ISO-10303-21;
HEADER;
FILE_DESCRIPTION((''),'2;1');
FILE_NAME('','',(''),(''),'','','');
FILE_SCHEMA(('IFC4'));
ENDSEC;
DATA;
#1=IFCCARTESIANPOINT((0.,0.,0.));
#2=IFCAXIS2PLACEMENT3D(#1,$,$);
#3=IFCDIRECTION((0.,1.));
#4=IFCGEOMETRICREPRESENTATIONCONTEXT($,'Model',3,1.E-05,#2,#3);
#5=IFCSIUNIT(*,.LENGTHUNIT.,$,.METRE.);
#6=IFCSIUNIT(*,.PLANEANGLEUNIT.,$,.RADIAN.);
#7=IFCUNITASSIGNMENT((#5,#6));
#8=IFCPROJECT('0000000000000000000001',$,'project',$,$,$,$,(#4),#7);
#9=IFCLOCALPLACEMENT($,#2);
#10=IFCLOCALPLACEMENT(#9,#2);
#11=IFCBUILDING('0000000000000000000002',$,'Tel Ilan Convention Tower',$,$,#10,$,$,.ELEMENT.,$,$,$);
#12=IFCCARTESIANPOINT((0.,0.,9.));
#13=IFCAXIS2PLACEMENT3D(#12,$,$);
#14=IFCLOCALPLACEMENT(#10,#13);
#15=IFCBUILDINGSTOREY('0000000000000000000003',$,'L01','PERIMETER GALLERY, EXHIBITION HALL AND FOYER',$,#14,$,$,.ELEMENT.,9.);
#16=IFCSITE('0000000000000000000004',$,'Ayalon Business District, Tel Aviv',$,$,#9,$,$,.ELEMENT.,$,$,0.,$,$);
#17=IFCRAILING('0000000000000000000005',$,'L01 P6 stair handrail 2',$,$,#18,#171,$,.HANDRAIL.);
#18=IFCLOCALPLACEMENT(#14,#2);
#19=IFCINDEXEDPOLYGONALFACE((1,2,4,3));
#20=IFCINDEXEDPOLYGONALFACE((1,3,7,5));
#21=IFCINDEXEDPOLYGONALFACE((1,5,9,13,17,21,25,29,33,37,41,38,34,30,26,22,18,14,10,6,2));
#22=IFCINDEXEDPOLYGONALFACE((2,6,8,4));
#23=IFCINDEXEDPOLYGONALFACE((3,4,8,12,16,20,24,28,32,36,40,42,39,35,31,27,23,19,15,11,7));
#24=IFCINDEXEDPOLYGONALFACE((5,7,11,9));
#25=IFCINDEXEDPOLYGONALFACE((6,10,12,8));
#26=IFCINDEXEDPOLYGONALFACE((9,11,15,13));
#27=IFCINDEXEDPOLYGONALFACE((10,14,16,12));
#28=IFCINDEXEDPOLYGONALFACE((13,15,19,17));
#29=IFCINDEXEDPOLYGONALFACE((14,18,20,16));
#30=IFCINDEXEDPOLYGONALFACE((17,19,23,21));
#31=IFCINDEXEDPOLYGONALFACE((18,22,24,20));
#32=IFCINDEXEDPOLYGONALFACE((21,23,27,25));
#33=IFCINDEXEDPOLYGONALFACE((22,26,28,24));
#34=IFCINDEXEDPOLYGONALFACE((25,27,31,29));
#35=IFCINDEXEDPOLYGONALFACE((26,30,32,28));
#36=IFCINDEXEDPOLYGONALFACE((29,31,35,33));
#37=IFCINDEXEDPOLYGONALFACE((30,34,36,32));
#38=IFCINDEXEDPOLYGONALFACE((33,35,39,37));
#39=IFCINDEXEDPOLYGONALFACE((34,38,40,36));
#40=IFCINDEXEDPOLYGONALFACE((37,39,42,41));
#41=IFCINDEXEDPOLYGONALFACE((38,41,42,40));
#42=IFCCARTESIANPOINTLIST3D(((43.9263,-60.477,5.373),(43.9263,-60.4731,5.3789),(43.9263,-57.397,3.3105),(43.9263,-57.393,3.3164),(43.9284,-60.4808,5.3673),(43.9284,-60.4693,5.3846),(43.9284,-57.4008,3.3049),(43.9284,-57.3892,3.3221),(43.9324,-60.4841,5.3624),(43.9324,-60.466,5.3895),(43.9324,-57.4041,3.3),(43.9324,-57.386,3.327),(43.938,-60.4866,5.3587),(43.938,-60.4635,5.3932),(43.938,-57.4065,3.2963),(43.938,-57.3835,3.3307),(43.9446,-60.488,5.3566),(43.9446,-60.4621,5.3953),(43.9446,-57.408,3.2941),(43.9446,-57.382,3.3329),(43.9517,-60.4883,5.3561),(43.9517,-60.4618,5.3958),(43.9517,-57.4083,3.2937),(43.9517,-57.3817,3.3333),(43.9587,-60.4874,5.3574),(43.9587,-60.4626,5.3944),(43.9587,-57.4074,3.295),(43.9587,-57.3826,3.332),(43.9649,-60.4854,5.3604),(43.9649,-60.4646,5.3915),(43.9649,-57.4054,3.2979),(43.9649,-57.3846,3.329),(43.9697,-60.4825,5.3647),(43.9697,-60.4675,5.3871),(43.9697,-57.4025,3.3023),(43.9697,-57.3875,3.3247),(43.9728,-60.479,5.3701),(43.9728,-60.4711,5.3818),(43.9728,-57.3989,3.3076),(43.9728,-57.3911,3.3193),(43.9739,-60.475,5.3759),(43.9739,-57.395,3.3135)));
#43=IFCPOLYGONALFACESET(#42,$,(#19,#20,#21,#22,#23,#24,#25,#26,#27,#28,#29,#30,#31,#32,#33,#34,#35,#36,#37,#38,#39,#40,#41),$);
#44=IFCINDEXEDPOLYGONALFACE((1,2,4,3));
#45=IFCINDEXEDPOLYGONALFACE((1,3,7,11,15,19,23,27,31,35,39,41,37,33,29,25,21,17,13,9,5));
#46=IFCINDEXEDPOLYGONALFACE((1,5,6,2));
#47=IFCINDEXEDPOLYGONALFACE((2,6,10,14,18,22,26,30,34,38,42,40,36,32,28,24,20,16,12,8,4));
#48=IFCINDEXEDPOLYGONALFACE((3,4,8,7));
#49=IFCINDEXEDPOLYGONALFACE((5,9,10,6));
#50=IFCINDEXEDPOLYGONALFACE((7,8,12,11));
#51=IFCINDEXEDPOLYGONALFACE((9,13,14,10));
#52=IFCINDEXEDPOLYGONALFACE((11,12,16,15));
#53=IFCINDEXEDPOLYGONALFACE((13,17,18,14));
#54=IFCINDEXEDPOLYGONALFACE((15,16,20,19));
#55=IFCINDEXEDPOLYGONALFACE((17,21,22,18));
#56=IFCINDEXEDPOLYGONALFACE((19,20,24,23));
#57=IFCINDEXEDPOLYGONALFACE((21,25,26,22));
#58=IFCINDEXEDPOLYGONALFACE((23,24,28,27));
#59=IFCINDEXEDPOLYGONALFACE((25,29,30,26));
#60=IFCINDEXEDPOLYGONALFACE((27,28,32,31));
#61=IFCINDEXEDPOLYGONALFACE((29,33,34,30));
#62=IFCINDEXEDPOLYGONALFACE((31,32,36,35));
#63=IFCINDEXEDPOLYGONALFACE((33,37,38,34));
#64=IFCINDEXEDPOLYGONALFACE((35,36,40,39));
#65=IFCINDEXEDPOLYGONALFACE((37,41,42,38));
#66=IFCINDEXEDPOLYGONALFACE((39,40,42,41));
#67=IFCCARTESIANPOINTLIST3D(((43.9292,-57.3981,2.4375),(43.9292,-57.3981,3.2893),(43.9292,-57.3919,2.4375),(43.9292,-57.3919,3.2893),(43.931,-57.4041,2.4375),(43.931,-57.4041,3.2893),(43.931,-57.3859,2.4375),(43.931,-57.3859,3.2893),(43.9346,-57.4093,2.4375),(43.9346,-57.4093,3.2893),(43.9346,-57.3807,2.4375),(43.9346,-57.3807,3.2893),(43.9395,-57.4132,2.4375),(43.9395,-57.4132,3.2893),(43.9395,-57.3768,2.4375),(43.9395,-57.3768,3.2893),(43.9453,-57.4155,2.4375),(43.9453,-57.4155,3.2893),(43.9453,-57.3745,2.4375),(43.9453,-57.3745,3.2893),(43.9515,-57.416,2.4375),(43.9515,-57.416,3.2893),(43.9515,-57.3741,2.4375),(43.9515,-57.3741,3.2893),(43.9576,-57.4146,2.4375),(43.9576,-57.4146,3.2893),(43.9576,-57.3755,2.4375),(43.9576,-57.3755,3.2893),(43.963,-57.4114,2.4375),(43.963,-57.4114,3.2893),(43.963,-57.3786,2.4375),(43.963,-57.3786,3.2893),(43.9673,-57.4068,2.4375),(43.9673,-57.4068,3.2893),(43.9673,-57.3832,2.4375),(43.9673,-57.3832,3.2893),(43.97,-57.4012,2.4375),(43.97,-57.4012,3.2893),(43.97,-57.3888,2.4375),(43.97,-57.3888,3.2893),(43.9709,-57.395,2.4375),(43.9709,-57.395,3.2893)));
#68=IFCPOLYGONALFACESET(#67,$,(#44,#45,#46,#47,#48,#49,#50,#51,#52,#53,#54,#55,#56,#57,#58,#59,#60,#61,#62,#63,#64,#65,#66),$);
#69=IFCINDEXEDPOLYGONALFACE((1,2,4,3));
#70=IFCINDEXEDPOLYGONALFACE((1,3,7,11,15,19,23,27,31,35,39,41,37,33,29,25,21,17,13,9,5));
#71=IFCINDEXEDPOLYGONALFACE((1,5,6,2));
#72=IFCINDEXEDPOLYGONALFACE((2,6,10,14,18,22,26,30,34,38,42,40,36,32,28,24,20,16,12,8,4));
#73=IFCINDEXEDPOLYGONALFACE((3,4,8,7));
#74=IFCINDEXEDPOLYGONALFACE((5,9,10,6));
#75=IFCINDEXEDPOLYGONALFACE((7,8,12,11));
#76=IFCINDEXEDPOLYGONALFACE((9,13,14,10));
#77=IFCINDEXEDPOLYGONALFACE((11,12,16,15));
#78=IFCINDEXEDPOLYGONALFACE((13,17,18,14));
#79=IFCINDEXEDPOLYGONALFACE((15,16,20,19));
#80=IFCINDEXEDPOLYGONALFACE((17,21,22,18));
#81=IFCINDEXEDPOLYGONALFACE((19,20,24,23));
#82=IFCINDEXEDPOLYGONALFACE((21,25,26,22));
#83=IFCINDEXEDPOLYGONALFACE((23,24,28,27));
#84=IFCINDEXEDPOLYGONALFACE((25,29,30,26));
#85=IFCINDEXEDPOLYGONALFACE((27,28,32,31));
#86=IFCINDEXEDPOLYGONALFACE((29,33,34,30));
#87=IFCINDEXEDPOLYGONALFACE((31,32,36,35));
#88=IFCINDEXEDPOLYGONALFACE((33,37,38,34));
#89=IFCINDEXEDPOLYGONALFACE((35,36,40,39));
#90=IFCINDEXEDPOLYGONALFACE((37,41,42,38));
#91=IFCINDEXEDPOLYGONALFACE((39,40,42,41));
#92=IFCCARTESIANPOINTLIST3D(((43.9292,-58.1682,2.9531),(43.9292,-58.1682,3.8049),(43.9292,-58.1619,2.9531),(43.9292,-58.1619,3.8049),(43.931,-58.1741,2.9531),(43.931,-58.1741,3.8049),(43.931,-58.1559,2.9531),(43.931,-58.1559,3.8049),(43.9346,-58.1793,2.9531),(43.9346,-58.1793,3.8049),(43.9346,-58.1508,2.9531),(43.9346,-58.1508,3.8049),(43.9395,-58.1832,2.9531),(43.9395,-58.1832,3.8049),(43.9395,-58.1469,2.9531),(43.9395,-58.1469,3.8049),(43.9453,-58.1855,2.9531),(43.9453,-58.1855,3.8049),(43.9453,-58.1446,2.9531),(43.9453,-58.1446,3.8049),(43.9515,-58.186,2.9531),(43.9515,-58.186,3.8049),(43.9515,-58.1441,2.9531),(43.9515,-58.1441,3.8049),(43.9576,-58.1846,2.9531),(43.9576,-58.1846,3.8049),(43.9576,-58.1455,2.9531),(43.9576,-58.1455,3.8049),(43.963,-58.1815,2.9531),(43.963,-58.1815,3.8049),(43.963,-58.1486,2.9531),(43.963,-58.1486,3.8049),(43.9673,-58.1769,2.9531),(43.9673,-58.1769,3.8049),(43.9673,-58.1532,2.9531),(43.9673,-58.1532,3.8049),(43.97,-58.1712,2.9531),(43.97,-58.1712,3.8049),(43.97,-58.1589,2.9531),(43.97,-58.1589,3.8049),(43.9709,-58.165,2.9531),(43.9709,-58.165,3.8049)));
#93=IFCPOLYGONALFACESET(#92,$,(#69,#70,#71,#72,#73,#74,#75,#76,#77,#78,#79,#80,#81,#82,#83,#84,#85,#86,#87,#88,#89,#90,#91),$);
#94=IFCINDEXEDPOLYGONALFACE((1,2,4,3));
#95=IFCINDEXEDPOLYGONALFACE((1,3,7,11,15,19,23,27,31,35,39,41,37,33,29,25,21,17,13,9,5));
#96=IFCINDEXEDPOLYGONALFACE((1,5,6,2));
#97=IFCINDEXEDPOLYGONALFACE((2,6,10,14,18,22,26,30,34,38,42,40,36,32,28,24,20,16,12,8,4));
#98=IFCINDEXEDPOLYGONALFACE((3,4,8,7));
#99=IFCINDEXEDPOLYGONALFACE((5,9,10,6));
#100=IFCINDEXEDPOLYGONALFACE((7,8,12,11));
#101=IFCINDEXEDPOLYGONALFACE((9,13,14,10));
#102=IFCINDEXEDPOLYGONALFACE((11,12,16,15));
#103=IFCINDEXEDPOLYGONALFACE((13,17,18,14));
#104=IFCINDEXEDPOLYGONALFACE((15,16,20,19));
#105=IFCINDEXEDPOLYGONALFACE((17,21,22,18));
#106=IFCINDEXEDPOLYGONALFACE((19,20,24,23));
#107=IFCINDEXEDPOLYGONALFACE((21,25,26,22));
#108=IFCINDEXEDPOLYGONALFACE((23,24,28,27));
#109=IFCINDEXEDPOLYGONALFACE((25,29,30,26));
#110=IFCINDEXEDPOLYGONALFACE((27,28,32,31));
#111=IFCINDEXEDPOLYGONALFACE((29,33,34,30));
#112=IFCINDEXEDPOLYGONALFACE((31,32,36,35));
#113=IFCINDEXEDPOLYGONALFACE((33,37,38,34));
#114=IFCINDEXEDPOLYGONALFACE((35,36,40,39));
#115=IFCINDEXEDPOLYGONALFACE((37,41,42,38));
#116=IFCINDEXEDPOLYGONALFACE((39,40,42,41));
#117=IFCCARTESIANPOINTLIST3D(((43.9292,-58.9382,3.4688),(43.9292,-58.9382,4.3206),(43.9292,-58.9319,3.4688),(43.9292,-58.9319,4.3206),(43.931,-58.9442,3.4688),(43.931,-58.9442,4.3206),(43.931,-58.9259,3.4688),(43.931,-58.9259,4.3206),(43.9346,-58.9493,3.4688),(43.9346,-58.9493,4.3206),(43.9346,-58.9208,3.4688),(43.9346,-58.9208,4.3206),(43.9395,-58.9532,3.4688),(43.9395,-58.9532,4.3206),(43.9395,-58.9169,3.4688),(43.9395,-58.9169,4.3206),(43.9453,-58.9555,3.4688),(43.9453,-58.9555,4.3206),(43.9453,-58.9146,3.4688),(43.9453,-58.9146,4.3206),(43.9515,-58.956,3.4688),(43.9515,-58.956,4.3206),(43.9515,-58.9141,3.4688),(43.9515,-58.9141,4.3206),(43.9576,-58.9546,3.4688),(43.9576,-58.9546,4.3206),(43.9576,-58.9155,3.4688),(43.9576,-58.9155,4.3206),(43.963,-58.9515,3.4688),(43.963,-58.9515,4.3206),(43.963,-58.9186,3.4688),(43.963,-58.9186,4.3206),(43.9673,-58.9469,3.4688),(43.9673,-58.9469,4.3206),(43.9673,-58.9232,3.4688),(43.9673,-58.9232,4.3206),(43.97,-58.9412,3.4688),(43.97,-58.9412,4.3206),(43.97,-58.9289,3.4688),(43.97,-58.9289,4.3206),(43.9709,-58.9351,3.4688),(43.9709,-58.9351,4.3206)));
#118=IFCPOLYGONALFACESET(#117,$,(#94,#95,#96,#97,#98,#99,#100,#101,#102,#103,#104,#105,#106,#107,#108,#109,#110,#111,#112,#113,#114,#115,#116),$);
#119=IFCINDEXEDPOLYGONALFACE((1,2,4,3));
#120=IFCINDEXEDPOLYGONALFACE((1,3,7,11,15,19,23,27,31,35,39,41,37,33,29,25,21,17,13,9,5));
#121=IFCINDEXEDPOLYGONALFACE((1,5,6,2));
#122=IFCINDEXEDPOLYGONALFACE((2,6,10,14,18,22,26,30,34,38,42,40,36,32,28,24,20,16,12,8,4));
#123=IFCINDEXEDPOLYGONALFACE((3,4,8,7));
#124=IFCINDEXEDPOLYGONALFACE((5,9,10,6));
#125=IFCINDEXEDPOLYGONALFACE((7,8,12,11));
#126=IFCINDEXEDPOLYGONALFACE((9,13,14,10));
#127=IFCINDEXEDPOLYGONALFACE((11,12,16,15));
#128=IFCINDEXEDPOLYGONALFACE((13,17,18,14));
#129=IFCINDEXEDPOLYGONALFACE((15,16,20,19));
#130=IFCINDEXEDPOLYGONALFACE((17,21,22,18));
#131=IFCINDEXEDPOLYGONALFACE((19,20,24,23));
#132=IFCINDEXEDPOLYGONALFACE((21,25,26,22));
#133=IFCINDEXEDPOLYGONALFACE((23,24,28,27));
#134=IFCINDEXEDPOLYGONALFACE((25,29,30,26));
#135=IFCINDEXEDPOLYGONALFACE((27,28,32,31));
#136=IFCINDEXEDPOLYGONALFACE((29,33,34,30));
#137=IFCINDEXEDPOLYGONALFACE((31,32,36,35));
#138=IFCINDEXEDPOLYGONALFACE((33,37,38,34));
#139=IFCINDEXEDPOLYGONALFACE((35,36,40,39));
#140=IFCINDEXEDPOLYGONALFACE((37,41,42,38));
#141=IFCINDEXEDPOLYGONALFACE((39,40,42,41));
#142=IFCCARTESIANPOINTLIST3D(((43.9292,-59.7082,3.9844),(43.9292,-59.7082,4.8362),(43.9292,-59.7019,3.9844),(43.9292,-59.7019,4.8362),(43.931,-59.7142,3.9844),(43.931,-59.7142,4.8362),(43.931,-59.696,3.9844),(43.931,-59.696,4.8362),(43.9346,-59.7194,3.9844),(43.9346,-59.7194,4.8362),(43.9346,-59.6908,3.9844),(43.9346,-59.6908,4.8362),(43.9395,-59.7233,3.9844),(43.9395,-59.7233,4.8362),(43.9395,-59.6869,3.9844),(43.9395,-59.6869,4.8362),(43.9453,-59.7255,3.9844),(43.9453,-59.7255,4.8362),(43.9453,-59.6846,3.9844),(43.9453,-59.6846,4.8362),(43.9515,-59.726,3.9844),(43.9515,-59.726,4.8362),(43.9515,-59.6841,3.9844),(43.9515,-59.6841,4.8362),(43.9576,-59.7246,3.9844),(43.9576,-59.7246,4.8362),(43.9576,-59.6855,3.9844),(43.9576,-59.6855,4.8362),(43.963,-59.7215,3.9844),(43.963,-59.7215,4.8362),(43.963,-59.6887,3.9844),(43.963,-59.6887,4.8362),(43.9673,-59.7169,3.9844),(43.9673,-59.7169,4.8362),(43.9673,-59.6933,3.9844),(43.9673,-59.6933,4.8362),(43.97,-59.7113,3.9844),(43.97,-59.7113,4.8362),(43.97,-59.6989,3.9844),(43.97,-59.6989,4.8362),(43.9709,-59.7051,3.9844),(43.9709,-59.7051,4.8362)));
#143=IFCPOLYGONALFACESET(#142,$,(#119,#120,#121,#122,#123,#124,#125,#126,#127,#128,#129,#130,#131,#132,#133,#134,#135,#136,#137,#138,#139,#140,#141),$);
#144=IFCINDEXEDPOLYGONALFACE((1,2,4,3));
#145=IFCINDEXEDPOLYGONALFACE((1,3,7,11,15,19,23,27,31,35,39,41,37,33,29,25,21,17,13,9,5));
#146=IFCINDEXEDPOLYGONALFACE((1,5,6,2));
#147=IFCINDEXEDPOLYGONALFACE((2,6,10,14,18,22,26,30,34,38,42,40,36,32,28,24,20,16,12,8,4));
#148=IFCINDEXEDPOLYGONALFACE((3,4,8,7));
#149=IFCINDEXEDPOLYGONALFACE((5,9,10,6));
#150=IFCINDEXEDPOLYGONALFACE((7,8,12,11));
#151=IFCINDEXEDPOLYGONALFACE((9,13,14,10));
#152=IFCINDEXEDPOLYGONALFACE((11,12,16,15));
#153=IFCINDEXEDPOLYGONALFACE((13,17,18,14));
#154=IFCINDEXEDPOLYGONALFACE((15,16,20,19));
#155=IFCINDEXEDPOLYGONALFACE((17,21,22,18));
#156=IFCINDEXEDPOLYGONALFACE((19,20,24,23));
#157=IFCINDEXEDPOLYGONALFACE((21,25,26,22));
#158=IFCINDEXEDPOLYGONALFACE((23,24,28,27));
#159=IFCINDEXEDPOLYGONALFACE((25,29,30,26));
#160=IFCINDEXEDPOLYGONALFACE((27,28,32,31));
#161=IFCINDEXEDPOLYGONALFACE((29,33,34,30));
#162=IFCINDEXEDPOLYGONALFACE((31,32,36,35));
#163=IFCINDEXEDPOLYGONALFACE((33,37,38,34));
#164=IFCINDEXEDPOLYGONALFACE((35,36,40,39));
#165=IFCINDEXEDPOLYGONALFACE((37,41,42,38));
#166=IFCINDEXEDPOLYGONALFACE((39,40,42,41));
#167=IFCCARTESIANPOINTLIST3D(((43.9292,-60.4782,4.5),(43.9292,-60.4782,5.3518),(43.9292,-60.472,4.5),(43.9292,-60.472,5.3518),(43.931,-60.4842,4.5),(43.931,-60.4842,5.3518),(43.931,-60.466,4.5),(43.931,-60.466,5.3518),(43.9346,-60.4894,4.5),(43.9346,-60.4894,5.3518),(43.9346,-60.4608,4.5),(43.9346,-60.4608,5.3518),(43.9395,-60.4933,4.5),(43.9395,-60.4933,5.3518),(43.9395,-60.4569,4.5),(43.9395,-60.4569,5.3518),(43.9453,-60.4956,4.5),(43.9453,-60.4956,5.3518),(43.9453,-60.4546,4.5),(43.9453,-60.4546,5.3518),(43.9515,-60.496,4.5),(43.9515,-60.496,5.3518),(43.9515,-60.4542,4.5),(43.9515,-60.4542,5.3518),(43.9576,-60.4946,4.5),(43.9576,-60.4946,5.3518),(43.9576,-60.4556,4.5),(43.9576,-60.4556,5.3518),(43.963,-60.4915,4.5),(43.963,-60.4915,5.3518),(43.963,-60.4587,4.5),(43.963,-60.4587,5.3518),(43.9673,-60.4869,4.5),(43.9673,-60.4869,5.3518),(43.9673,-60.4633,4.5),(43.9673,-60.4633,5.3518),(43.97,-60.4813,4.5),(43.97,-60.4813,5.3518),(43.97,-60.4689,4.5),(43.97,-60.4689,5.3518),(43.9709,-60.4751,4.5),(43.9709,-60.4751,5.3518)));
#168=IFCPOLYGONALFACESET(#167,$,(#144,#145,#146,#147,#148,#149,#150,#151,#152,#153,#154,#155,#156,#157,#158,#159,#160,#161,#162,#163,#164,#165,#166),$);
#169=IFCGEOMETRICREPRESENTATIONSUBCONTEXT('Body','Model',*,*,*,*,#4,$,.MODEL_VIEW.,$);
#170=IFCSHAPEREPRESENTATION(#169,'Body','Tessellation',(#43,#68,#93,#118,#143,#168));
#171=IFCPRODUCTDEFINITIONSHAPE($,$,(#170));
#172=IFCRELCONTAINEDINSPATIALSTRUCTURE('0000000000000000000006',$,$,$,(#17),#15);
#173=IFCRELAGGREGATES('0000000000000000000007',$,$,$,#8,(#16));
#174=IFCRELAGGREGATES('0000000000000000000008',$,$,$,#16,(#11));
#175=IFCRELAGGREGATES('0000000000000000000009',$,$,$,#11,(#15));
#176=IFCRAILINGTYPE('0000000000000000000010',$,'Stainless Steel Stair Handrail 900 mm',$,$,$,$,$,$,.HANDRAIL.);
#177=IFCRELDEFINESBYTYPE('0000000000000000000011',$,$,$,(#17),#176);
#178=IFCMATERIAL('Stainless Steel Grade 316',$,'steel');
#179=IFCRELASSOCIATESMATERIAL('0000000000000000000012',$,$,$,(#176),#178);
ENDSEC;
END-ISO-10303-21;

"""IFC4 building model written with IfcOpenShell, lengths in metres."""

from ifc_helpers import new_model, si_unit, direction, frame, origin, origin_2d, place, context, subcontext, project, spatial, circle, extrude, material, type_object, element, save


model = new_model("IFC4")

# Units and contexts
model_context = context("Model", 3, precision=1e-05, world=origin(), true_north=direction((0.0, 1.0)))
body_context = subcontext(model_context, "Body", "Model", "MODEL_VIEW")
ifc_project = project(units=[si_unit("LENGTHUNIT", "METRE"), si_unit("PLANEANGLEUNIT", "RADIAN")], contexts=[model_context])

# Site, building, storey
site_placement = place(None, origin())
site = spatial("IfcSite", under=ifc_project, at=site_placement, Name="Ayalon Business District, Tel Aviv", CompositionType="ELEMENT", RefElevation=0.0)
building_placement = place(site_placement, origin())
building = spatial("IfcBuilding", under=site, at=building_placement, Name="Tel Ilan Convention Tower", CompositionType="ELEMENT")
storey_placement = place(building_placement, frame((0.0, 0.0, 9.0)))
storey = spatial("IfcBuildingStorey", under=building, at=storey_placement, Name="L01", Description="PERIMETER GALLERY, EXHIBITION HALL AND FOYER", CompositionType="ELEMENT", Elevation=9.0)

# Railing
ifc_material_1 = material(Name="Stainless Steel Grade 316", Category="steel")
railing_type_1 = type_object("IfcRailingType", Name="Stainless Steel Stair Handrail 900 mm", PredefinedType="HANDRAIL", material=ifc_material_1)
railing_1_placement = place(storey_placement, frame((43.95, -57.395, 2.4375)))
element("IfcRailing", 1, at=railing_1_placement, inside=storey, type_object=railing_type_1, Name="L01 P6 stair handrail 2", PredefinedType="HANDRAIL", context=body_context, shape_type="SweptSolid", body=[
    extrude(circle(Radius=0.0239, at=origin_2d()), frame((0.0, 0.0, 0.876), z_axis=(0.0, -0.830914, 0.556401), x_axis=(1.0, 0.0, 0.0)), (0.0, 0.0, 1.0), 3.7068),
    extrude(circle(Radius=0.021, at=origin_2d()), origin(), (0.0, 0.0, 1.0), 0.8518),
    extrude(circle(Radius=0.021, at=origin_2d()), frame((0.0, -0.77, 0.5156)), (0.0, 0.0, 1.0), 0.8518),
    extrude(circle(Radius=0.021, at=origin_2d()), frame((0.0, -1.54, 1.0312)), (0.0, 0.0, 1.0), 0.8518),
    extrude(circle(Radius=0.021, at=origin_2d()), frame((0.0, -2.3101, 1.5469)), (0.0, 0.0, 1.0), 0.8518),
    extrude(circle(Radius=0.021, at=origin_2d()), frame((0.0, -3.0801, 2.0625)), (0.0, 0.0, 1.0), 0.8518),
])

save(model, "model.ifc")
